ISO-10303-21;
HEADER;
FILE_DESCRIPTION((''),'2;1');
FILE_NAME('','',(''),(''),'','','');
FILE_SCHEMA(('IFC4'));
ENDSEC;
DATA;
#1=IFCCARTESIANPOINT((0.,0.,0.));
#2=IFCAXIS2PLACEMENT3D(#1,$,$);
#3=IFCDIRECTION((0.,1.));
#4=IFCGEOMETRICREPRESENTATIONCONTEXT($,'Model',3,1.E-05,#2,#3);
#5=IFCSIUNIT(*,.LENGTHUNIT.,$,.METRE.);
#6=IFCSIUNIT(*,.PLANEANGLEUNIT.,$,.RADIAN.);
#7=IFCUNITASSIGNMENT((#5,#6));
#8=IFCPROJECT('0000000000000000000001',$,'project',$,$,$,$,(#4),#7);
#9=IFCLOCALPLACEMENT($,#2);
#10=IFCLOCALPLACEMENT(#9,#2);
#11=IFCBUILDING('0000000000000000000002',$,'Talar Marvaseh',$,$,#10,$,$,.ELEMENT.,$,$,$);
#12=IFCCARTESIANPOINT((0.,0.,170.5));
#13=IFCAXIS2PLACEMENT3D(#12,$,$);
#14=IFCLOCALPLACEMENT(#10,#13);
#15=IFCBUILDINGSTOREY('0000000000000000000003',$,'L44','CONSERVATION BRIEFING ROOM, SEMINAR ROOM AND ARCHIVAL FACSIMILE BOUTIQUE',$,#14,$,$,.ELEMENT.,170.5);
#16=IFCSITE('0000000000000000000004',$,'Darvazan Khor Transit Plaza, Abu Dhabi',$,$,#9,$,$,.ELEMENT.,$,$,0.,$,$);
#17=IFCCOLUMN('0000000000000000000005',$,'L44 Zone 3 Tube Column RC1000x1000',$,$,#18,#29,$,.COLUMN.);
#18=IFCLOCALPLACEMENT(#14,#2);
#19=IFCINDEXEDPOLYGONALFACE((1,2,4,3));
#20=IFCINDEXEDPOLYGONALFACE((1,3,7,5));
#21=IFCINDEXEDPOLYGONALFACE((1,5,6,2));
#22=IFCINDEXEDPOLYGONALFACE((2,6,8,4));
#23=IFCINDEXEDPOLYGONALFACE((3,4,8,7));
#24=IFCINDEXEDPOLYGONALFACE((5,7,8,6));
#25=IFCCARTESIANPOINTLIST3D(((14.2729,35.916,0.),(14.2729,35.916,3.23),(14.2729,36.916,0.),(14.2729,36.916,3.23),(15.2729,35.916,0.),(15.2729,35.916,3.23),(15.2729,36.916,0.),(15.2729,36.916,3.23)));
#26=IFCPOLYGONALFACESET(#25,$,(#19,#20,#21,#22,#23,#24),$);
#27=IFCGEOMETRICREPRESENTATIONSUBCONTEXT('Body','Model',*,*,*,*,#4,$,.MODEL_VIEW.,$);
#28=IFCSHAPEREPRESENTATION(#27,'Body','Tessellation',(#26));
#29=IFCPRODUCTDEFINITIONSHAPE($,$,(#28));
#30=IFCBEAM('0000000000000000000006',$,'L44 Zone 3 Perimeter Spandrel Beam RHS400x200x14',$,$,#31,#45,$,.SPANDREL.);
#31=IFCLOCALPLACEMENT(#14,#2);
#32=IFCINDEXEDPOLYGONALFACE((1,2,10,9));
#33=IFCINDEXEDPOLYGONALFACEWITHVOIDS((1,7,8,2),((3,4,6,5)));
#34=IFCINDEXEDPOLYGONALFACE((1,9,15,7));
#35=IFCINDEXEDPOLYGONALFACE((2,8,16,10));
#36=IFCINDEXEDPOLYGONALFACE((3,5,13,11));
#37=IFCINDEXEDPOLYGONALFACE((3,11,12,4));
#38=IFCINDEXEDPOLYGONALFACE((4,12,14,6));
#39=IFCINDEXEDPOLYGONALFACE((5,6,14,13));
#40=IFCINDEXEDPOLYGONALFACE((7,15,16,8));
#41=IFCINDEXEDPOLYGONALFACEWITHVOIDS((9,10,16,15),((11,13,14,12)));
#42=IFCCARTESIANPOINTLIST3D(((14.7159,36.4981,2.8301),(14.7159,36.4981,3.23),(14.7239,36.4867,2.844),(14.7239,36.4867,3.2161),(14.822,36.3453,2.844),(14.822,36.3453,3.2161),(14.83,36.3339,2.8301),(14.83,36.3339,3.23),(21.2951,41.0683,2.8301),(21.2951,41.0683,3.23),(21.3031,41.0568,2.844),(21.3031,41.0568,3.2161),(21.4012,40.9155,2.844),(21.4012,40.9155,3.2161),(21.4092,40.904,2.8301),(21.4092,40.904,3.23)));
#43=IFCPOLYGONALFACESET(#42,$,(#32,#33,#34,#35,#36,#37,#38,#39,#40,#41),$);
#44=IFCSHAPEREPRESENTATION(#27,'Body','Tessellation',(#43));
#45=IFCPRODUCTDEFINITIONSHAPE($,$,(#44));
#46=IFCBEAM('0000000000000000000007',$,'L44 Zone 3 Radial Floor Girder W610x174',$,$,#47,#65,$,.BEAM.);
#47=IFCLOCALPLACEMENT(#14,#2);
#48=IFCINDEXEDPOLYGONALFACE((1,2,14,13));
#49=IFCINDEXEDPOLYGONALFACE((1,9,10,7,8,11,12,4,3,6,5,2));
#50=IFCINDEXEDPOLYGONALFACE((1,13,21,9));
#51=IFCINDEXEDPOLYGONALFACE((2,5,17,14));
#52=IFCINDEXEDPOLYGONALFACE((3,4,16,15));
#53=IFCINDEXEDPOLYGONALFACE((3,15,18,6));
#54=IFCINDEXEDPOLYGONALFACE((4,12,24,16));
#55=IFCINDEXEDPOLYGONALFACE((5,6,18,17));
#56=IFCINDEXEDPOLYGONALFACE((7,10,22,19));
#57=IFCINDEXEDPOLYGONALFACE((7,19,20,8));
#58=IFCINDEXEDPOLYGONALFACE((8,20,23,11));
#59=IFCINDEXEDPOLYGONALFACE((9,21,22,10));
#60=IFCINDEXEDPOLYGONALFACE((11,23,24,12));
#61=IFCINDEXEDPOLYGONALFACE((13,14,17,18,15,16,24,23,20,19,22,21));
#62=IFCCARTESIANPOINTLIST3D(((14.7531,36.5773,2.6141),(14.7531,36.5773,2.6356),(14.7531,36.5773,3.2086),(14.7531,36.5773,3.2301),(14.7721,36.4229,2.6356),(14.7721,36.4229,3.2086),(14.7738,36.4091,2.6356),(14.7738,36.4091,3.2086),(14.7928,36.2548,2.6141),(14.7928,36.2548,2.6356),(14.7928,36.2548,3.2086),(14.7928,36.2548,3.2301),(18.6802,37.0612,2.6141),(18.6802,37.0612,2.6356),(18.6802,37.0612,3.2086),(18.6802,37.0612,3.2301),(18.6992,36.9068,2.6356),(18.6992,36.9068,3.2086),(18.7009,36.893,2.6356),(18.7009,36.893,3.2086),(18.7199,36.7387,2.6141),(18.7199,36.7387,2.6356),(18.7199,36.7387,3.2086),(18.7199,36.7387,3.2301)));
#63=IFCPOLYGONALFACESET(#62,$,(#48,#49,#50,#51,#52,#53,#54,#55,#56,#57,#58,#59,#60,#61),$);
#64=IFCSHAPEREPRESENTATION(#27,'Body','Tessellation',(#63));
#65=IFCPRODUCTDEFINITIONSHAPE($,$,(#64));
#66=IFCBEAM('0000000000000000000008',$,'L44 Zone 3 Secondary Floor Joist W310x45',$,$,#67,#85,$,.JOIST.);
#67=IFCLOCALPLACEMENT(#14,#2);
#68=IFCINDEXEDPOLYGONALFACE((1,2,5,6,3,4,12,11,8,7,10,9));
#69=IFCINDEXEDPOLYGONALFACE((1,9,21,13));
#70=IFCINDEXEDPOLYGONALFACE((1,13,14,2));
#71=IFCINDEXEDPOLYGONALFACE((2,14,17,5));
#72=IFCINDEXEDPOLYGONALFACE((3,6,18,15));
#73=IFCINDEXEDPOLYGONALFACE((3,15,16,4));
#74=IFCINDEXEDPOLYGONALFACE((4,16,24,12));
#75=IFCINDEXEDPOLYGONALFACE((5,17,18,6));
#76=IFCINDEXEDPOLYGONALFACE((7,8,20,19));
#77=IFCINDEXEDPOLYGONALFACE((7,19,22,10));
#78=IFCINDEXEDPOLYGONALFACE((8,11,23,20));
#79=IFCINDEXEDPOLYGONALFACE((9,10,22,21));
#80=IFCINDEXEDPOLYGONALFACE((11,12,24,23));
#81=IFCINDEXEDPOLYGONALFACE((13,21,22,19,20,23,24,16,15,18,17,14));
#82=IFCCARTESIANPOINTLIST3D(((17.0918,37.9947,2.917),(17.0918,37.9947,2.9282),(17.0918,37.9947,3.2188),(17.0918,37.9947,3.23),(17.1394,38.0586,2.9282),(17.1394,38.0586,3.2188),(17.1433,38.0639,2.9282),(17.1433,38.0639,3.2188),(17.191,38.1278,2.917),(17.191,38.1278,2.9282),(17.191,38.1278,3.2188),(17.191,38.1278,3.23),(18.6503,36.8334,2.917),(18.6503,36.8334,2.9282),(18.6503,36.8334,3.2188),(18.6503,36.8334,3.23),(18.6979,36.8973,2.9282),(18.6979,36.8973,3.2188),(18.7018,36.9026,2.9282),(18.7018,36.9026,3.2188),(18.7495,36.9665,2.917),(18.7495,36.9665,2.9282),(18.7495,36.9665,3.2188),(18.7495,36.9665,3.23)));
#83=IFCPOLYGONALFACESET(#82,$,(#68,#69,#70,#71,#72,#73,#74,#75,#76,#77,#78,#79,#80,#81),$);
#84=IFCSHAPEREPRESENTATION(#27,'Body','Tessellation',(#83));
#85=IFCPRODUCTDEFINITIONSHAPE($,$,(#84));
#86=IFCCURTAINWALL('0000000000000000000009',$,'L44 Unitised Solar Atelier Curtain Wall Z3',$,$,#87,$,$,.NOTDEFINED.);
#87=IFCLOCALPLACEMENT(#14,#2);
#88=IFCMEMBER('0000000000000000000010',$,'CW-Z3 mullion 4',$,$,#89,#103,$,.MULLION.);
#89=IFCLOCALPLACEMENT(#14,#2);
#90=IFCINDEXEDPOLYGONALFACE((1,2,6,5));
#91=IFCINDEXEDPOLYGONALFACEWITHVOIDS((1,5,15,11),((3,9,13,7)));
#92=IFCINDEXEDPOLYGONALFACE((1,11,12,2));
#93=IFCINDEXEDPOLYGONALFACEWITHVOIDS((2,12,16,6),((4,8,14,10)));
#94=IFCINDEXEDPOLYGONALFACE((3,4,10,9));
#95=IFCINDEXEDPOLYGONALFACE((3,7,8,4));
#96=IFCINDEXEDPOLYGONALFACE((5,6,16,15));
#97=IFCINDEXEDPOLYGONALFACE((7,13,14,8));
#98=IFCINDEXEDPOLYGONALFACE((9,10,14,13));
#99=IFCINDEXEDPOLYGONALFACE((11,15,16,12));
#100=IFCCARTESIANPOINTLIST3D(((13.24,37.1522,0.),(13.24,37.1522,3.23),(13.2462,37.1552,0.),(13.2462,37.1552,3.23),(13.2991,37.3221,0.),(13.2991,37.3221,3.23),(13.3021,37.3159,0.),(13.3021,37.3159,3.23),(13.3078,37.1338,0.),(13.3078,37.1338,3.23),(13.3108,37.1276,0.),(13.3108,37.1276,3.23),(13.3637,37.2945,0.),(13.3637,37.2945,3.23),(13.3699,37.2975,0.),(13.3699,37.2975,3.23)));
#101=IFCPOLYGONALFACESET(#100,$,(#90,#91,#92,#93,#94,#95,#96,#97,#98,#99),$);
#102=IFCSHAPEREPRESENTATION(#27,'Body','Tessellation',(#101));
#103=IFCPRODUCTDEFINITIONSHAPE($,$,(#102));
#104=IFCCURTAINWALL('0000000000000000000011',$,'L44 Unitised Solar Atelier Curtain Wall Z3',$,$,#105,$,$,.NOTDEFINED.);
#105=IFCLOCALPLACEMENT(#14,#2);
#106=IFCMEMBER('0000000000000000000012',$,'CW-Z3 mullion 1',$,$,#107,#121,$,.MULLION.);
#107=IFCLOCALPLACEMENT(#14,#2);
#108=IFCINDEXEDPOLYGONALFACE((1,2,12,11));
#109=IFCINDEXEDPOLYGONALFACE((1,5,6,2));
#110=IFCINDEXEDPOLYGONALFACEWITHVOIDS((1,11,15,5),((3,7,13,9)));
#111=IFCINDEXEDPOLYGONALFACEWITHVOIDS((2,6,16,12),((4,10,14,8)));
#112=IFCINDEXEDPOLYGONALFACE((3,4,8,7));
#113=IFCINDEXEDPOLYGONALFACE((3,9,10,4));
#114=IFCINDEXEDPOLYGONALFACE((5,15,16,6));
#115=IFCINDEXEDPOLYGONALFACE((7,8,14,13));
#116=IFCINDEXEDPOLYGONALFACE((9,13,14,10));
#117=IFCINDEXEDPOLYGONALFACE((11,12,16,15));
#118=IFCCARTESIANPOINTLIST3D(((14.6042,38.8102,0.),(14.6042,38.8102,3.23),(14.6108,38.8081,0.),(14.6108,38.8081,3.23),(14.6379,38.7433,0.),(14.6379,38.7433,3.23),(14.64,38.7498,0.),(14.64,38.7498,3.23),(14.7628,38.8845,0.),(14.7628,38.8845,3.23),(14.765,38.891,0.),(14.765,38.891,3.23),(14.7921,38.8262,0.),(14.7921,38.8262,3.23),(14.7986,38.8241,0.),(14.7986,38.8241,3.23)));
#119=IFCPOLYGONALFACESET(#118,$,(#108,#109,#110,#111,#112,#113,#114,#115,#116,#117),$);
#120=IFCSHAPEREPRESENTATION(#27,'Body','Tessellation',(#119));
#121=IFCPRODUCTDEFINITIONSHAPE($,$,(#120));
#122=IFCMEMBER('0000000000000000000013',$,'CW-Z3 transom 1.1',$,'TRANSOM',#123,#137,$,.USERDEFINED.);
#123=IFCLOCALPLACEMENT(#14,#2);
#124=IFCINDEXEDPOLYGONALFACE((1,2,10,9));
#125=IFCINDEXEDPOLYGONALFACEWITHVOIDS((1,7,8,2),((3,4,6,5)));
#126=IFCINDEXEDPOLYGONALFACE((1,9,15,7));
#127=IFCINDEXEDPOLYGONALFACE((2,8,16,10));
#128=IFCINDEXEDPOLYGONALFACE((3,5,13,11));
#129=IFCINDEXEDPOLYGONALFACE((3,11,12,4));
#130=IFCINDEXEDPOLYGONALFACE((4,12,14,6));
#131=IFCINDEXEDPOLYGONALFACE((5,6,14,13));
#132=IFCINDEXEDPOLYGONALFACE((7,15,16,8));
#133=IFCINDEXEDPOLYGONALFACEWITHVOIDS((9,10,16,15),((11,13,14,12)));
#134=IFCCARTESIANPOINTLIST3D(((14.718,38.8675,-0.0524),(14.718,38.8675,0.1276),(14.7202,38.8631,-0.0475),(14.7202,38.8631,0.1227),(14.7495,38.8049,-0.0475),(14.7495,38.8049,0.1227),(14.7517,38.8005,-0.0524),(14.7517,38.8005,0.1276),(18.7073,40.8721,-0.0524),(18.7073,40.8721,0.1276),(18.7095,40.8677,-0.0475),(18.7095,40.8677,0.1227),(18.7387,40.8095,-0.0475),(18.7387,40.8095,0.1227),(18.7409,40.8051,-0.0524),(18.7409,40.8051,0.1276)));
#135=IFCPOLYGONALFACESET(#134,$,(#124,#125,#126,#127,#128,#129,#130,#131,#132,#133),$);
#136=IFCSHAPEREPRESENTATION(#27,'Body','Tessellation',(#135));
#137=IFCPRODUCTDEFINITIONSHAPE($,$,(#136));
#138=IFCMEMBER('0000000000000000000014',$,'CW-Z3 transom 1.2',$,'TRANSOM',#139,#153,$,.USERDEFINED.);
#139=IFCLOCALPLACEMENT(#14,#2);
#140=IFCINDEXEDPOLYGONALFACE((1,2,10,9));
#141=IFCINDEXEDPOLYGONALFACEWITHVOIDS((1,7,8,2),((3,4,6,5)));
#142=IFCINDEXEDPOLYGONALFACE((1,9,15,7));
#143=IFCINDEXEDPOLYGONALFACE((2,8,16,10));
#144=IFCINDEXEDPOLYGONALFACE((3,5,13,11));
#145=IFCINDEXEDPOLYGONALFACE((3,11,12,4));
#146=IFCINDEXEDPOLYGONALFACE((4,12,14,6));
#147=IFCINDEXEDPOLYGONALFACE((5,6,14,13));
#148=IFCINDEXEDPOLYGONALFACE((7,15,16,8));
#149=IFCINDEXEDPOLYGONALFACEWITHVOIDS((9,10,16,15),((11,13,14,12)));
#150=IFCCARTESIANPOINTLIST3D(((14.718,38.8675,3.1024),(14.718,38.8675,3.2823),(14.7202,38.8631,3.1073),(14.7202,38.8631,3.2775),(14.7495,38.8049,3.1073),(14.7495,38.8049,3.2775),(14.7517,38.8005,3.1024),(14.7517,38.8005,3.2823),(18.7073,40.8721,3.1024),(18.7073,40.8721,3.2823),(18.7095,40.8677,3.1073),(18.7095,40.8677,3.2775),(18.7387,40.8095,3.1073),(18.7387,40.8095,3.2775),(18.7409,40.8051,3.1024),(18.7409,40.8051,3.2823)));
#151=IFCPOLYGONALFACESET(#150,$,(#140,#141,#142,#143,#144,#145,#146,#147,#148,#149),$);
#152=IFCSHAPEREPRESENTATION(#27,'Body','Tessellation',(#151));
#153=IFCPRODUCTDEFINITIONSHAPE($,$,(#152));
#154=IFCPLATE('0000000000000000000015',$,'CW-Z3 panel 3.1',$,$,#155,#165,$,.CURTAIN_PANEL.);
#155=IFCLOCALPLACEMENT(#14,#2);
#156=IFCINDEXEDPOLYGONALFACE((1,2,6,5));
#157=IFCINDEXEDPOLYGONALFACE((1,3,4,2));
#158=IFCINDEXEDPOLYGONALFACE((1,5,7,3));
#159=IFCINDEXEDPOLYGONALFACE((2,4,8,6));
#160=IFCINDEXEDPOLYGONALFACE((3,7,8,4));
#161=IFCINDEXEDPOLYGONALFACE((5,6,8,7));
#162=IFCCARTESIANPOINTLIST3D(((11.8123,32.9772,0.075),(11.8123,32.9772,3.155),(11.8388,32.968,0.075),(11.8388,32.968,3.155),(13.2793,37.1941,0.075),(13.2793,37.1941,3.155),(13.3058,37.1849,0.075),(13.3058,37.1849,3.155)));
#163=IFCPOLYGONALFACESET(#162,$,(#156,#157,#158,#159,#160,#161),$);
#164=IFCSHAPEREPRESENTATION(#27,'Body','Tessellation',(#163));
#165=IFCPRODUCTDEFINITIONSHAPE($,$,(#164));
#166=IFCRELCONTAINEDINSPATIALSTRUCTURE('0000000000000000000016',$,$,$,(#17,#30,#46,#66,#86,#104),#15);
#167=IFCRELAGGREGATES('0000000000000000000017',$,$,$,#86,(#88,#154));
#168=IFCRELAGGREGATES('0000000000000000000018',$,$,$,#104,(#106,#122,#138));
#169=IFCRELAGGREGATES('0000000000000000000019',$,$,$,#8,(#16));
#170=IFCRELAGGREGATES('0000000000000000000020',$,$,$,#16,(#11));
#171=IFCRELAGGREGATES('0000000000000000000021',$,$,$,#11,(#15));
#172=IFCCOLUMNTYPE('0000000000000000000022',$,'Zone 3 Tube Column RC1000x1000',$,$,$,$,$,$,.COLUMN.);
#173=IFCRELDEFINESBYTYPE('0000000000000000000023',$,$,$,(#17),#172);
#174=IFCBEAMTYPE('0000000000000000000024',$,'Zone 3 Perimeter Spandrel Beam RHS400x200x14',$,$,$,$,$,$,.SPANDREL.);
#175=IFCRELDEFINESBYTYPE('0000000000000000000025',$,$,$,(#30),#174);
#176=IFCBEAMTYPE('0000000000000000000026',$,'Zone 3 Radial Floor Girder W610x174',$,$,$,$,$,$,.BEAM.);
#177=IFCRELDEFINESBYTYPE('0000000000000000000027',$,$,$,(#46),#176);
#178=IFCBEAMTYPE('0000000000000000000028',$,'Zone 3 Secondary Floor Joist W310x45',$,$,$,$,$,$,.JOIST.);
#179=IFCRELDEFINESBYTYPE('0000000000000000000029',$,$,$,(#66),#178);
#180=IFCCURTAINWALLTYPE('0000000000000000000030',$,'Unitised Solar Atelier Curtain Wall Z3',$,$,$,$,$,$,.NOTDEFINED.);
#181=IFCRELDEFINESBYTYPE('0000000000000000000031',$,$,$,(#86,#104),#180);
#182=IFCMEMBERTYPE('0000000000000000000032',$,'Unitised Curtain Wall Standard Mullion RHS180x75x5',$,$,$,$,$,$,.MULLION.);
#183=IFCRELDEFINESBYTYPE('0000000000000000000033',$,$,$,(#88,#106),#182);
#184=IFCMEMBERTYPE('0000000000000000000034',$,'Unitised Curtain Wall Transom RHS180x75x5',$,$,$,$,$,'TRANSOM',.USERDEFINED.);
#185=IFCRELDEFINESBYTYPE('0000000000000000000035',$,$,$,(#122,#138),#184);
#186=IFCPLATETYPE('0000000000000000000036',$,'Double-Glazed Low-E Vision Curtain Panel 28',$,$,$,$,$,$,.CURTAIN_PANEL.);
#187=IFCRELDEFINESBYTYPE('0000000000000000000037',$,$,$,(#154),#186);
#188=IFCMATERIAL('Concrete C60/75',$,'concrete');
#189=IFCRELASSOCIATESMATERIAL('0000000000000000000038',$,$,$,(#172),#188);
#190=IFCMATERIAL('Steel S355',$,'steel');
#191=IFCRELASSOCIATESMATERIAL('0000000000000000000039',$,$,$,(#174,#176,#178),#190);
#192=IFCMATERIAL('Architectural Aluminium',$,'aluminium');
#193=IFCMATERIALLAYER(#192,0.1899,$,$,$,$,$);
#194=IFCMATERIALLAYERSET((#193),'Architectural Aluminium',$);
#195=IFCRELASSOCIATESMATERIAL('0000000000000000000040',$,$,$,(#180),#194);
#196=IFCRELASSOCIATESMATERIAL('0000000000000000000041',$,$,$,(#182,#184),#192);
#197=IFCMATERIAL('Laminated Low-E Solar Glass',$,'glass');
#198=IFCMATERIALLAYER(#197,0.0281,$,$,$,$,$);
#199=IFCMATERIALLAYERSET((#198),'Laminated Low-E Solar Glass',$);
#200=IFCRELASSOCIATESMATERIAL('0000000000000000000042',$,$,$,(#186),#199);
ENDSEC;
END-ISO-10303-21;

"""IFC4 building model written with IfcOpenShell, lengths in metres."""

from ifc_helpers import new_model, si_unit, direction, frame, origin, origin_2d, place, context, subcontext, project, spatial, rectangle, hollow_rectangle, i_section, extrude, source, transform, mapped, material, layer, layer_set, material_profile, profile_set, type_object, type_shapes, element, aggregate, save


model = new_model("IFC4")

# Units and contexts
model_context = context("Model", 3, precision=1e-05, world=origin(), true_north=direction((0.0, 1.0)))
body_context = subcontext(model_context, "Body", "Model", "MODEL_VIEW")
ifc_project = project(units=[si_unit("LENGTHUNIT", "METRE"), si_unit("PLANEANGLEUNIT", "RADIAN")], contexts=[model_context])

# Site, building, storey
site_placement = place(None, origin())
site = spatial("IfcSite", under=ifc_project, at=site_placement, Name="Darvazan Khor Transit Plaza, Abu Dhabi", CompositionType="ELEMENT", RefElevation=0.0)
building_placement = place(site_placement, origin())
building = spatial("IfcBuilding", under=site, at=building_placement, Name="Talar Marvaseh", CompositionType="ELEMENT")
storey_placement = place(building_placement, frame((0.0, 0.0, 170.5)))
storey = spatial("IfcBuildingStorey", under=building, at=storey_placement, Name="L44", Description="CONSERVATION BRIEFING ROOM, SEMINAR ROOM AND ARCHIVAL FACSIMILE BOUTIQUE", CompositionType="ELEMENT", Elevation=170.5)

# Column
ifc_material_1 = material(Name="Concrete C60/75", Category="concrete")
ifc_material_profile_1 = material_profile(ifc_material_1, rectangle(XDim=1.0, YDim=1.0, at=origin_2d()), Name="RC1000x1000")
ifc_profile_set_1 = profile_set([ifc_material_profile_1], Name="Concrete C60/75")
column_type = type_object("IfcColumnType", Name="Zone 3 Tube Column RC1000x1000", PredefinedType="COLUMN", material=ifc_profile_set_1)
column_placement = place(storey_placement, frame((14.7729, 36.416, 0.0), z_axis=(0.0, 0.0, 1.0), x_axis=(1.0, 0.0, 0.0)))
element("IfcColumn", 1, at=column_placement, inside=storey, type_object=column_type, Name="L44 Zone 3 Tube Column RC1000x1000", PredefinedType="COLUMN", context=body_context, shape_type="SweptSolid", body=[
    extrude(rectangle(XDim=1.0, YDim=1.0, at=origin_2d()), origin(), (0.0, 0.0, 1.0), 3.23),
])

# Beams
ifc_material_2 = material(Name="Steel S355", Category="steel")
ifc_material_profile_2 = material_profile(ifc_material_2, hollow_rectangle(XDim=0.2, YDim=0.3999, WallThickness=0.0139, at=origin_2d()), Name="RHS400x200x14")
ifc_profile_set_2 = profile_set([ifc_material_profile_2], Name="Steel S355")
beam_type_1 = type_object("IfcBeamType", Name="Zone 3 Perimeter Spandrel Beam RHS400x200x14", PredefinedType="SPANDREL", material=ifc_profile_set_2)
beam_1_placement = place(storey_placement, frame((14.7729, 36.416, 3.03), z_axis=(0.821297, 0.570501, 0.0), x_axis=(-0.570501, 0.821297, 0.0)))
element("IfcBeam", 2, at=beam_1_placement, inside=storey, type_object=beam_type_1, Name="L44 Zone 3 Perimeter Spandrel Beam RHS400x200x14", PredefinedType="SPANDREL", context=body_context, shape_type="SweptSolid", body=[
    extrude(hollow_rectangle(XDim=0.2, YDim=0.3999, WallThickness=0.0139, at=origin_2d()), origin(), (0.0, 0.0, 1.0), 8.0107),
])
ifc_material_profile_3 = material_profile(ifc_material_2, i_section(OverallWidth=0.325, OverallDepth=0.616, WebThickness=0.0139, FlangeThickness=0.0215, at=origin_2d()), Name="W610x174")
ifc_profile_set_3 = profile_set([ifc_material_profile_3], Name="Steel S355")
beam_type_2 = type_object("IfcBeamType", Name="Zone 3 Radial Floor Girder W610x174", PredefinedType="BEAM", material=ifc_profile_set_3)
beam_2_placement = place(storey_placement, frame((14.7729, 36.416, 2.9221), z_axis=(0.992494, 0.122295, 0.0), x_axis=(-0.122295, 0.992494, 0.0)))
element("IfcBeam", 3, at=beam_2_placement, inside=storey, type_object=beam_type_2, Name="L44 Zone 3 Radial Floor Girder W610x174", PredefinedType="BEAM", context=body_context, shape_type="SweptSolid", body=[
    extrude(i_section(OverallWidth=0.325, OverallDepth=0.616, WebThickness=0.0139, FlangeThickness=0.0215, at=origin_2d()), origin(), (0.0, 0.0, 1.0), 3.9568),
])
ifc_material_profile_4 = material_profile(ifc_material_2, i_section(OverallWidth=0.166, OverallDepth=0.313, WebThickness=0.0066, FlangeThickness=0.0112, at=origin_2d()), Name="W310x45")
ifc_profile_set_4 = profile_set([ifc_material_profile_4], Name="Steel S355")
beam_type_3 = type_object("IfcBeamType", Name="Zone 3 Secondary Floor Joist W310x45", PredefinedType="JOIST", material=ifc_profile_set_4)
beam_3_placement = place(storey_placement, frame((17.1414, 38.0613, 3.0735), z_axis=(0.801865, -0.597505, 0.0), x_axis=(0.597505, 0.801865, 0.0)))
element("IfcBeam", 4, at=beam_3_placement, inside=storey, type_object=beam_type_3, Name="L44 Zone 3 Secondary Floor Joist W310x45", PredefinedType="JOIST", context=body_context, shape_type="SweptSolid", body=[
    extrude(i_section(OverallWidth=0.166, OverallDepth=0.313, WebThickness=0.0066, FlangeThickness=0.0112, at=origin_2d()), origin(), (0.0, 0.0, 1.0), 1.9436),
])

# Curtain wall, member
ifc_material_3 = material(Name="Architectural Aluminium", Category="aluminium")
ifc_layer_1 = layer(ifc_material_3, 0.1899)
ifc_layer_set_1 = layer_set([ifc_layer_1], Name="Architectural Aluminium")
curtain_wall_type = type_object("IfcCurtainWallType", Name="Unitised Solar Atelier Curtain Wall Z3", PredefinedType="NOTDEFINED", material=ifc_layer_set_1)
curtain_wall_1_placement = place(storey_placement, origin())
curtain_wall_1 = element("IfcCurtainWall", 5, at=curtain_wall_1_placement, inside=storey, type_object=curtain_wall_type, Name="L44 Unitised Solar Atelier Curtain Wall Z3", PredefinedType="NOTDEFINED")
ifc_material_profile_5 = material_profile(ifc_material_3, hollow_rectangle(XDim=0.075, YDim=0.1799, WallThickness=0.0049, at=origin_2d()), Name="RHS180x75x5")
ifc_profile_set_5 = profile_set([ifc_material_profile_5], Name="Architectural Aluminium")
member_type_1 = type_object("IfcMemberType", Name="Unitised Curtain Wall Standard Mullion RHS180x75x5", PredefinedType="MULLION", material=ifc_profile_set_5)
shared_shape_1 = source(origin(), body_context, "Body", "SweptSolid", [
    extrude(hollow_rectangle(XDim=0.075, YDim=0.1799, WallThickness=0.0049, at=origin_2d()), origin(), (0.0, 0.0, 1.0), 3.23),
])
type_shapes(member_type_1, [shared_shape_1])
member_1_placement = place(storey_placement, frame((13.3049, 37.2249, 0.0), z_axis=(0.0, 0.0, 1.0), x_axis=(-0.944481, 0.328566, 0.0)))
member_1 = element("IfcMember", 6, at=member_1_placement, type_object=member_type_1, Name="CW-Z3 mullion 4", PredefinedType="MULLION", context=body_context, shape_type="MappedRepresentation", body=[
    mapped(shared_shape_1, transform((0.0, 0.0, 0.0), x_axis=(1.0, 0.0, 0.0), y_axis=(0.0, 1.0, 0.0), z_axis=(0.0, 0.0, 1.0), scale=1.0)),
])

# Curtain wall, members
curtain_wall_2_placement = place(storey_placement, origin())
curtain_wall_2 = element("IfcCurtainWall", 7, at=curtain_wall_2_placement, inside=storey, type_object=curtain_wall_type, Name="L44 Unitised Solar Atelier Curtain Wall Z3", PredefinedType="NOTDEFINED")
member_2_placement = place(storey_placement, frame((14.7014, 38.8171, 0.0), z_axis=(0.0, 0.0, 1.0), x_axis=(-0.449042, 0.893511, 0.0)))
member_2 = element("IfcMember", 8, at=member_2_placement, type_object=member_type_1, Name="CW-Z3 mullion 1", PredefinedType="MULLION", context=body_context, shape_type="MappedRepresentation", body=[
    mapped(shared_shape_1, transform((0.0, 0.0, 0.0), x_axis=(1.0, 0.0, 0.0), y_axis=(0.0, 1.0, 0.0), z_axis=(0.0, 0.0, 1.0), scale=1.0)),
])
ifc_material_profile_6 = material_profile(ifc_material_3, hollow_rectangle(XDim=0.075, YDim=0.1799, WallThickness=0.0049, at=origin_2d()), Name="RHS180x75x5")
ifc_profile_set_6 = profile_set([ifc_material_profile_6], Name="Architectural Aluminium")
member_type_2 = type_object("IfcMemberType", Name="Unitised Curtain Wall Transom RHS180x75x5", ElementType="TRANSOM", PredefinedType="USERDEFINED", material=ifc_profile_set_6)
shared_shape_2 = source(origin(), body_context, "Body", "SweptSolid", [
    extrude(hollow_rectangle(XDim=0.075, YDim=0.1799, WallThickness=0.0049, at=origin_2d()), origin(), (0.0, 0.0, 1.0), 4.4646),
])
type_shapes(member_type_2, [shared_shape_2])
member_3_placement = place(storey_placement, frame((14.7349, 38.834, 0.0376), z_axis=(0.893529, 0.449006, 0.0), x_axis=(-0.449006, 0.893529, 0.0)))
member_3 = element("IfcMember", 9, at=member_3_placement, type_object=member_type_2, Name="CW-Z3 transom 1.1", ObjectType="TRANSOM", PredefinedType="USERDEFINED", context=body_context, shape_type="MappedRepresentation", body=[
    mapped(shared_shape_2, transform((0.0, 0.0, 0.0), x_axis=(1.0, 0.0, 0.0), y_axis=(0.0, 1.0, 0.0), z_axis=(0.0, 0.0, 1.0), scale=1.0)),
])
member_4_placement = place(storey_placement, frame((14.7349, 38.834, 3.1924), z_axis=(0.893529, 0.449006, 0.0), x_axis=(-0.449006, 0.893529, 0.0)))
member_4 = element("IfcMember", 10, at=member_4_placement, type_object=member_type_2, Name="CW-Z3 transom 1.2", ObjectType="TRANSOM", PredefinedType="USERDEFINED", context=body_context, shape_type="MappedRepresentation", body=[
    mapped(shared_shape_2, transform((0.0, 0.0, 0.0), x_axis=(1.0, 0.0, 0.0), y_axis=(0.0, 1.0, 0.0), z_axis=(0.0, 0.0, 1.0), scale=1.0)),
])

# Plate
ifc_material_4 = material(Name="Laminated Low-E Solar Glass", Category="glass")
ifc_layer_2 = layer(ifc_material_4, 0.0281)
ifc_layer_set_2 = layer_set([ifc_layer_2], Name="Laminated Low-E Solar Glass")
plate_type = type_object("IfcPlateType", Name="Double-Glazed Low-E Vision Curtain Panel 28", PredefinedType="CURTAIN_PANEL", material=ifc_layer_set_2)
shared_shape_3 = source(origin(), body_context, "Body", "SweptSolid", [
    extrude(rectangle(XDim=4.4648, YDim=0.0281, at=origin_2d()), origin(), (0.0, 0.0, 1.0), 3.0801),
])
type_shapes(plate_type, [shared_shape_3])
plate_1_placement = place(storey_placement, frame((12.5591, 35.0811, 0.075), z_axis=(0.0, 0.0, 1.0), x_axis=(0.328566, 0.944481, 0.0)))
plate_1 = element("IfcPlate", 11, at=plate_1_placement, type_object=plate_type, Name="CW-Z3 panel 3.1", PredefinedType="CURTAIN_PANEL", context=body_context, shape_type="MappedRepresentation", body=[
    mapped(shared_shape_3, transform((0.0, 0.0, 0.0), x_axis=(1.0, 0.0, 0.0), y_axis=(0.0, 1.0, 0.0), z_axis=(0.0, 0.0, 1.0), scale=1.0)),
])
aggregate(curtain_wall_1, [member_1, plate_1])
aggregate(curtain_wall_2, [member_2, member_3, member_4])

save(model, "model.ifc")
